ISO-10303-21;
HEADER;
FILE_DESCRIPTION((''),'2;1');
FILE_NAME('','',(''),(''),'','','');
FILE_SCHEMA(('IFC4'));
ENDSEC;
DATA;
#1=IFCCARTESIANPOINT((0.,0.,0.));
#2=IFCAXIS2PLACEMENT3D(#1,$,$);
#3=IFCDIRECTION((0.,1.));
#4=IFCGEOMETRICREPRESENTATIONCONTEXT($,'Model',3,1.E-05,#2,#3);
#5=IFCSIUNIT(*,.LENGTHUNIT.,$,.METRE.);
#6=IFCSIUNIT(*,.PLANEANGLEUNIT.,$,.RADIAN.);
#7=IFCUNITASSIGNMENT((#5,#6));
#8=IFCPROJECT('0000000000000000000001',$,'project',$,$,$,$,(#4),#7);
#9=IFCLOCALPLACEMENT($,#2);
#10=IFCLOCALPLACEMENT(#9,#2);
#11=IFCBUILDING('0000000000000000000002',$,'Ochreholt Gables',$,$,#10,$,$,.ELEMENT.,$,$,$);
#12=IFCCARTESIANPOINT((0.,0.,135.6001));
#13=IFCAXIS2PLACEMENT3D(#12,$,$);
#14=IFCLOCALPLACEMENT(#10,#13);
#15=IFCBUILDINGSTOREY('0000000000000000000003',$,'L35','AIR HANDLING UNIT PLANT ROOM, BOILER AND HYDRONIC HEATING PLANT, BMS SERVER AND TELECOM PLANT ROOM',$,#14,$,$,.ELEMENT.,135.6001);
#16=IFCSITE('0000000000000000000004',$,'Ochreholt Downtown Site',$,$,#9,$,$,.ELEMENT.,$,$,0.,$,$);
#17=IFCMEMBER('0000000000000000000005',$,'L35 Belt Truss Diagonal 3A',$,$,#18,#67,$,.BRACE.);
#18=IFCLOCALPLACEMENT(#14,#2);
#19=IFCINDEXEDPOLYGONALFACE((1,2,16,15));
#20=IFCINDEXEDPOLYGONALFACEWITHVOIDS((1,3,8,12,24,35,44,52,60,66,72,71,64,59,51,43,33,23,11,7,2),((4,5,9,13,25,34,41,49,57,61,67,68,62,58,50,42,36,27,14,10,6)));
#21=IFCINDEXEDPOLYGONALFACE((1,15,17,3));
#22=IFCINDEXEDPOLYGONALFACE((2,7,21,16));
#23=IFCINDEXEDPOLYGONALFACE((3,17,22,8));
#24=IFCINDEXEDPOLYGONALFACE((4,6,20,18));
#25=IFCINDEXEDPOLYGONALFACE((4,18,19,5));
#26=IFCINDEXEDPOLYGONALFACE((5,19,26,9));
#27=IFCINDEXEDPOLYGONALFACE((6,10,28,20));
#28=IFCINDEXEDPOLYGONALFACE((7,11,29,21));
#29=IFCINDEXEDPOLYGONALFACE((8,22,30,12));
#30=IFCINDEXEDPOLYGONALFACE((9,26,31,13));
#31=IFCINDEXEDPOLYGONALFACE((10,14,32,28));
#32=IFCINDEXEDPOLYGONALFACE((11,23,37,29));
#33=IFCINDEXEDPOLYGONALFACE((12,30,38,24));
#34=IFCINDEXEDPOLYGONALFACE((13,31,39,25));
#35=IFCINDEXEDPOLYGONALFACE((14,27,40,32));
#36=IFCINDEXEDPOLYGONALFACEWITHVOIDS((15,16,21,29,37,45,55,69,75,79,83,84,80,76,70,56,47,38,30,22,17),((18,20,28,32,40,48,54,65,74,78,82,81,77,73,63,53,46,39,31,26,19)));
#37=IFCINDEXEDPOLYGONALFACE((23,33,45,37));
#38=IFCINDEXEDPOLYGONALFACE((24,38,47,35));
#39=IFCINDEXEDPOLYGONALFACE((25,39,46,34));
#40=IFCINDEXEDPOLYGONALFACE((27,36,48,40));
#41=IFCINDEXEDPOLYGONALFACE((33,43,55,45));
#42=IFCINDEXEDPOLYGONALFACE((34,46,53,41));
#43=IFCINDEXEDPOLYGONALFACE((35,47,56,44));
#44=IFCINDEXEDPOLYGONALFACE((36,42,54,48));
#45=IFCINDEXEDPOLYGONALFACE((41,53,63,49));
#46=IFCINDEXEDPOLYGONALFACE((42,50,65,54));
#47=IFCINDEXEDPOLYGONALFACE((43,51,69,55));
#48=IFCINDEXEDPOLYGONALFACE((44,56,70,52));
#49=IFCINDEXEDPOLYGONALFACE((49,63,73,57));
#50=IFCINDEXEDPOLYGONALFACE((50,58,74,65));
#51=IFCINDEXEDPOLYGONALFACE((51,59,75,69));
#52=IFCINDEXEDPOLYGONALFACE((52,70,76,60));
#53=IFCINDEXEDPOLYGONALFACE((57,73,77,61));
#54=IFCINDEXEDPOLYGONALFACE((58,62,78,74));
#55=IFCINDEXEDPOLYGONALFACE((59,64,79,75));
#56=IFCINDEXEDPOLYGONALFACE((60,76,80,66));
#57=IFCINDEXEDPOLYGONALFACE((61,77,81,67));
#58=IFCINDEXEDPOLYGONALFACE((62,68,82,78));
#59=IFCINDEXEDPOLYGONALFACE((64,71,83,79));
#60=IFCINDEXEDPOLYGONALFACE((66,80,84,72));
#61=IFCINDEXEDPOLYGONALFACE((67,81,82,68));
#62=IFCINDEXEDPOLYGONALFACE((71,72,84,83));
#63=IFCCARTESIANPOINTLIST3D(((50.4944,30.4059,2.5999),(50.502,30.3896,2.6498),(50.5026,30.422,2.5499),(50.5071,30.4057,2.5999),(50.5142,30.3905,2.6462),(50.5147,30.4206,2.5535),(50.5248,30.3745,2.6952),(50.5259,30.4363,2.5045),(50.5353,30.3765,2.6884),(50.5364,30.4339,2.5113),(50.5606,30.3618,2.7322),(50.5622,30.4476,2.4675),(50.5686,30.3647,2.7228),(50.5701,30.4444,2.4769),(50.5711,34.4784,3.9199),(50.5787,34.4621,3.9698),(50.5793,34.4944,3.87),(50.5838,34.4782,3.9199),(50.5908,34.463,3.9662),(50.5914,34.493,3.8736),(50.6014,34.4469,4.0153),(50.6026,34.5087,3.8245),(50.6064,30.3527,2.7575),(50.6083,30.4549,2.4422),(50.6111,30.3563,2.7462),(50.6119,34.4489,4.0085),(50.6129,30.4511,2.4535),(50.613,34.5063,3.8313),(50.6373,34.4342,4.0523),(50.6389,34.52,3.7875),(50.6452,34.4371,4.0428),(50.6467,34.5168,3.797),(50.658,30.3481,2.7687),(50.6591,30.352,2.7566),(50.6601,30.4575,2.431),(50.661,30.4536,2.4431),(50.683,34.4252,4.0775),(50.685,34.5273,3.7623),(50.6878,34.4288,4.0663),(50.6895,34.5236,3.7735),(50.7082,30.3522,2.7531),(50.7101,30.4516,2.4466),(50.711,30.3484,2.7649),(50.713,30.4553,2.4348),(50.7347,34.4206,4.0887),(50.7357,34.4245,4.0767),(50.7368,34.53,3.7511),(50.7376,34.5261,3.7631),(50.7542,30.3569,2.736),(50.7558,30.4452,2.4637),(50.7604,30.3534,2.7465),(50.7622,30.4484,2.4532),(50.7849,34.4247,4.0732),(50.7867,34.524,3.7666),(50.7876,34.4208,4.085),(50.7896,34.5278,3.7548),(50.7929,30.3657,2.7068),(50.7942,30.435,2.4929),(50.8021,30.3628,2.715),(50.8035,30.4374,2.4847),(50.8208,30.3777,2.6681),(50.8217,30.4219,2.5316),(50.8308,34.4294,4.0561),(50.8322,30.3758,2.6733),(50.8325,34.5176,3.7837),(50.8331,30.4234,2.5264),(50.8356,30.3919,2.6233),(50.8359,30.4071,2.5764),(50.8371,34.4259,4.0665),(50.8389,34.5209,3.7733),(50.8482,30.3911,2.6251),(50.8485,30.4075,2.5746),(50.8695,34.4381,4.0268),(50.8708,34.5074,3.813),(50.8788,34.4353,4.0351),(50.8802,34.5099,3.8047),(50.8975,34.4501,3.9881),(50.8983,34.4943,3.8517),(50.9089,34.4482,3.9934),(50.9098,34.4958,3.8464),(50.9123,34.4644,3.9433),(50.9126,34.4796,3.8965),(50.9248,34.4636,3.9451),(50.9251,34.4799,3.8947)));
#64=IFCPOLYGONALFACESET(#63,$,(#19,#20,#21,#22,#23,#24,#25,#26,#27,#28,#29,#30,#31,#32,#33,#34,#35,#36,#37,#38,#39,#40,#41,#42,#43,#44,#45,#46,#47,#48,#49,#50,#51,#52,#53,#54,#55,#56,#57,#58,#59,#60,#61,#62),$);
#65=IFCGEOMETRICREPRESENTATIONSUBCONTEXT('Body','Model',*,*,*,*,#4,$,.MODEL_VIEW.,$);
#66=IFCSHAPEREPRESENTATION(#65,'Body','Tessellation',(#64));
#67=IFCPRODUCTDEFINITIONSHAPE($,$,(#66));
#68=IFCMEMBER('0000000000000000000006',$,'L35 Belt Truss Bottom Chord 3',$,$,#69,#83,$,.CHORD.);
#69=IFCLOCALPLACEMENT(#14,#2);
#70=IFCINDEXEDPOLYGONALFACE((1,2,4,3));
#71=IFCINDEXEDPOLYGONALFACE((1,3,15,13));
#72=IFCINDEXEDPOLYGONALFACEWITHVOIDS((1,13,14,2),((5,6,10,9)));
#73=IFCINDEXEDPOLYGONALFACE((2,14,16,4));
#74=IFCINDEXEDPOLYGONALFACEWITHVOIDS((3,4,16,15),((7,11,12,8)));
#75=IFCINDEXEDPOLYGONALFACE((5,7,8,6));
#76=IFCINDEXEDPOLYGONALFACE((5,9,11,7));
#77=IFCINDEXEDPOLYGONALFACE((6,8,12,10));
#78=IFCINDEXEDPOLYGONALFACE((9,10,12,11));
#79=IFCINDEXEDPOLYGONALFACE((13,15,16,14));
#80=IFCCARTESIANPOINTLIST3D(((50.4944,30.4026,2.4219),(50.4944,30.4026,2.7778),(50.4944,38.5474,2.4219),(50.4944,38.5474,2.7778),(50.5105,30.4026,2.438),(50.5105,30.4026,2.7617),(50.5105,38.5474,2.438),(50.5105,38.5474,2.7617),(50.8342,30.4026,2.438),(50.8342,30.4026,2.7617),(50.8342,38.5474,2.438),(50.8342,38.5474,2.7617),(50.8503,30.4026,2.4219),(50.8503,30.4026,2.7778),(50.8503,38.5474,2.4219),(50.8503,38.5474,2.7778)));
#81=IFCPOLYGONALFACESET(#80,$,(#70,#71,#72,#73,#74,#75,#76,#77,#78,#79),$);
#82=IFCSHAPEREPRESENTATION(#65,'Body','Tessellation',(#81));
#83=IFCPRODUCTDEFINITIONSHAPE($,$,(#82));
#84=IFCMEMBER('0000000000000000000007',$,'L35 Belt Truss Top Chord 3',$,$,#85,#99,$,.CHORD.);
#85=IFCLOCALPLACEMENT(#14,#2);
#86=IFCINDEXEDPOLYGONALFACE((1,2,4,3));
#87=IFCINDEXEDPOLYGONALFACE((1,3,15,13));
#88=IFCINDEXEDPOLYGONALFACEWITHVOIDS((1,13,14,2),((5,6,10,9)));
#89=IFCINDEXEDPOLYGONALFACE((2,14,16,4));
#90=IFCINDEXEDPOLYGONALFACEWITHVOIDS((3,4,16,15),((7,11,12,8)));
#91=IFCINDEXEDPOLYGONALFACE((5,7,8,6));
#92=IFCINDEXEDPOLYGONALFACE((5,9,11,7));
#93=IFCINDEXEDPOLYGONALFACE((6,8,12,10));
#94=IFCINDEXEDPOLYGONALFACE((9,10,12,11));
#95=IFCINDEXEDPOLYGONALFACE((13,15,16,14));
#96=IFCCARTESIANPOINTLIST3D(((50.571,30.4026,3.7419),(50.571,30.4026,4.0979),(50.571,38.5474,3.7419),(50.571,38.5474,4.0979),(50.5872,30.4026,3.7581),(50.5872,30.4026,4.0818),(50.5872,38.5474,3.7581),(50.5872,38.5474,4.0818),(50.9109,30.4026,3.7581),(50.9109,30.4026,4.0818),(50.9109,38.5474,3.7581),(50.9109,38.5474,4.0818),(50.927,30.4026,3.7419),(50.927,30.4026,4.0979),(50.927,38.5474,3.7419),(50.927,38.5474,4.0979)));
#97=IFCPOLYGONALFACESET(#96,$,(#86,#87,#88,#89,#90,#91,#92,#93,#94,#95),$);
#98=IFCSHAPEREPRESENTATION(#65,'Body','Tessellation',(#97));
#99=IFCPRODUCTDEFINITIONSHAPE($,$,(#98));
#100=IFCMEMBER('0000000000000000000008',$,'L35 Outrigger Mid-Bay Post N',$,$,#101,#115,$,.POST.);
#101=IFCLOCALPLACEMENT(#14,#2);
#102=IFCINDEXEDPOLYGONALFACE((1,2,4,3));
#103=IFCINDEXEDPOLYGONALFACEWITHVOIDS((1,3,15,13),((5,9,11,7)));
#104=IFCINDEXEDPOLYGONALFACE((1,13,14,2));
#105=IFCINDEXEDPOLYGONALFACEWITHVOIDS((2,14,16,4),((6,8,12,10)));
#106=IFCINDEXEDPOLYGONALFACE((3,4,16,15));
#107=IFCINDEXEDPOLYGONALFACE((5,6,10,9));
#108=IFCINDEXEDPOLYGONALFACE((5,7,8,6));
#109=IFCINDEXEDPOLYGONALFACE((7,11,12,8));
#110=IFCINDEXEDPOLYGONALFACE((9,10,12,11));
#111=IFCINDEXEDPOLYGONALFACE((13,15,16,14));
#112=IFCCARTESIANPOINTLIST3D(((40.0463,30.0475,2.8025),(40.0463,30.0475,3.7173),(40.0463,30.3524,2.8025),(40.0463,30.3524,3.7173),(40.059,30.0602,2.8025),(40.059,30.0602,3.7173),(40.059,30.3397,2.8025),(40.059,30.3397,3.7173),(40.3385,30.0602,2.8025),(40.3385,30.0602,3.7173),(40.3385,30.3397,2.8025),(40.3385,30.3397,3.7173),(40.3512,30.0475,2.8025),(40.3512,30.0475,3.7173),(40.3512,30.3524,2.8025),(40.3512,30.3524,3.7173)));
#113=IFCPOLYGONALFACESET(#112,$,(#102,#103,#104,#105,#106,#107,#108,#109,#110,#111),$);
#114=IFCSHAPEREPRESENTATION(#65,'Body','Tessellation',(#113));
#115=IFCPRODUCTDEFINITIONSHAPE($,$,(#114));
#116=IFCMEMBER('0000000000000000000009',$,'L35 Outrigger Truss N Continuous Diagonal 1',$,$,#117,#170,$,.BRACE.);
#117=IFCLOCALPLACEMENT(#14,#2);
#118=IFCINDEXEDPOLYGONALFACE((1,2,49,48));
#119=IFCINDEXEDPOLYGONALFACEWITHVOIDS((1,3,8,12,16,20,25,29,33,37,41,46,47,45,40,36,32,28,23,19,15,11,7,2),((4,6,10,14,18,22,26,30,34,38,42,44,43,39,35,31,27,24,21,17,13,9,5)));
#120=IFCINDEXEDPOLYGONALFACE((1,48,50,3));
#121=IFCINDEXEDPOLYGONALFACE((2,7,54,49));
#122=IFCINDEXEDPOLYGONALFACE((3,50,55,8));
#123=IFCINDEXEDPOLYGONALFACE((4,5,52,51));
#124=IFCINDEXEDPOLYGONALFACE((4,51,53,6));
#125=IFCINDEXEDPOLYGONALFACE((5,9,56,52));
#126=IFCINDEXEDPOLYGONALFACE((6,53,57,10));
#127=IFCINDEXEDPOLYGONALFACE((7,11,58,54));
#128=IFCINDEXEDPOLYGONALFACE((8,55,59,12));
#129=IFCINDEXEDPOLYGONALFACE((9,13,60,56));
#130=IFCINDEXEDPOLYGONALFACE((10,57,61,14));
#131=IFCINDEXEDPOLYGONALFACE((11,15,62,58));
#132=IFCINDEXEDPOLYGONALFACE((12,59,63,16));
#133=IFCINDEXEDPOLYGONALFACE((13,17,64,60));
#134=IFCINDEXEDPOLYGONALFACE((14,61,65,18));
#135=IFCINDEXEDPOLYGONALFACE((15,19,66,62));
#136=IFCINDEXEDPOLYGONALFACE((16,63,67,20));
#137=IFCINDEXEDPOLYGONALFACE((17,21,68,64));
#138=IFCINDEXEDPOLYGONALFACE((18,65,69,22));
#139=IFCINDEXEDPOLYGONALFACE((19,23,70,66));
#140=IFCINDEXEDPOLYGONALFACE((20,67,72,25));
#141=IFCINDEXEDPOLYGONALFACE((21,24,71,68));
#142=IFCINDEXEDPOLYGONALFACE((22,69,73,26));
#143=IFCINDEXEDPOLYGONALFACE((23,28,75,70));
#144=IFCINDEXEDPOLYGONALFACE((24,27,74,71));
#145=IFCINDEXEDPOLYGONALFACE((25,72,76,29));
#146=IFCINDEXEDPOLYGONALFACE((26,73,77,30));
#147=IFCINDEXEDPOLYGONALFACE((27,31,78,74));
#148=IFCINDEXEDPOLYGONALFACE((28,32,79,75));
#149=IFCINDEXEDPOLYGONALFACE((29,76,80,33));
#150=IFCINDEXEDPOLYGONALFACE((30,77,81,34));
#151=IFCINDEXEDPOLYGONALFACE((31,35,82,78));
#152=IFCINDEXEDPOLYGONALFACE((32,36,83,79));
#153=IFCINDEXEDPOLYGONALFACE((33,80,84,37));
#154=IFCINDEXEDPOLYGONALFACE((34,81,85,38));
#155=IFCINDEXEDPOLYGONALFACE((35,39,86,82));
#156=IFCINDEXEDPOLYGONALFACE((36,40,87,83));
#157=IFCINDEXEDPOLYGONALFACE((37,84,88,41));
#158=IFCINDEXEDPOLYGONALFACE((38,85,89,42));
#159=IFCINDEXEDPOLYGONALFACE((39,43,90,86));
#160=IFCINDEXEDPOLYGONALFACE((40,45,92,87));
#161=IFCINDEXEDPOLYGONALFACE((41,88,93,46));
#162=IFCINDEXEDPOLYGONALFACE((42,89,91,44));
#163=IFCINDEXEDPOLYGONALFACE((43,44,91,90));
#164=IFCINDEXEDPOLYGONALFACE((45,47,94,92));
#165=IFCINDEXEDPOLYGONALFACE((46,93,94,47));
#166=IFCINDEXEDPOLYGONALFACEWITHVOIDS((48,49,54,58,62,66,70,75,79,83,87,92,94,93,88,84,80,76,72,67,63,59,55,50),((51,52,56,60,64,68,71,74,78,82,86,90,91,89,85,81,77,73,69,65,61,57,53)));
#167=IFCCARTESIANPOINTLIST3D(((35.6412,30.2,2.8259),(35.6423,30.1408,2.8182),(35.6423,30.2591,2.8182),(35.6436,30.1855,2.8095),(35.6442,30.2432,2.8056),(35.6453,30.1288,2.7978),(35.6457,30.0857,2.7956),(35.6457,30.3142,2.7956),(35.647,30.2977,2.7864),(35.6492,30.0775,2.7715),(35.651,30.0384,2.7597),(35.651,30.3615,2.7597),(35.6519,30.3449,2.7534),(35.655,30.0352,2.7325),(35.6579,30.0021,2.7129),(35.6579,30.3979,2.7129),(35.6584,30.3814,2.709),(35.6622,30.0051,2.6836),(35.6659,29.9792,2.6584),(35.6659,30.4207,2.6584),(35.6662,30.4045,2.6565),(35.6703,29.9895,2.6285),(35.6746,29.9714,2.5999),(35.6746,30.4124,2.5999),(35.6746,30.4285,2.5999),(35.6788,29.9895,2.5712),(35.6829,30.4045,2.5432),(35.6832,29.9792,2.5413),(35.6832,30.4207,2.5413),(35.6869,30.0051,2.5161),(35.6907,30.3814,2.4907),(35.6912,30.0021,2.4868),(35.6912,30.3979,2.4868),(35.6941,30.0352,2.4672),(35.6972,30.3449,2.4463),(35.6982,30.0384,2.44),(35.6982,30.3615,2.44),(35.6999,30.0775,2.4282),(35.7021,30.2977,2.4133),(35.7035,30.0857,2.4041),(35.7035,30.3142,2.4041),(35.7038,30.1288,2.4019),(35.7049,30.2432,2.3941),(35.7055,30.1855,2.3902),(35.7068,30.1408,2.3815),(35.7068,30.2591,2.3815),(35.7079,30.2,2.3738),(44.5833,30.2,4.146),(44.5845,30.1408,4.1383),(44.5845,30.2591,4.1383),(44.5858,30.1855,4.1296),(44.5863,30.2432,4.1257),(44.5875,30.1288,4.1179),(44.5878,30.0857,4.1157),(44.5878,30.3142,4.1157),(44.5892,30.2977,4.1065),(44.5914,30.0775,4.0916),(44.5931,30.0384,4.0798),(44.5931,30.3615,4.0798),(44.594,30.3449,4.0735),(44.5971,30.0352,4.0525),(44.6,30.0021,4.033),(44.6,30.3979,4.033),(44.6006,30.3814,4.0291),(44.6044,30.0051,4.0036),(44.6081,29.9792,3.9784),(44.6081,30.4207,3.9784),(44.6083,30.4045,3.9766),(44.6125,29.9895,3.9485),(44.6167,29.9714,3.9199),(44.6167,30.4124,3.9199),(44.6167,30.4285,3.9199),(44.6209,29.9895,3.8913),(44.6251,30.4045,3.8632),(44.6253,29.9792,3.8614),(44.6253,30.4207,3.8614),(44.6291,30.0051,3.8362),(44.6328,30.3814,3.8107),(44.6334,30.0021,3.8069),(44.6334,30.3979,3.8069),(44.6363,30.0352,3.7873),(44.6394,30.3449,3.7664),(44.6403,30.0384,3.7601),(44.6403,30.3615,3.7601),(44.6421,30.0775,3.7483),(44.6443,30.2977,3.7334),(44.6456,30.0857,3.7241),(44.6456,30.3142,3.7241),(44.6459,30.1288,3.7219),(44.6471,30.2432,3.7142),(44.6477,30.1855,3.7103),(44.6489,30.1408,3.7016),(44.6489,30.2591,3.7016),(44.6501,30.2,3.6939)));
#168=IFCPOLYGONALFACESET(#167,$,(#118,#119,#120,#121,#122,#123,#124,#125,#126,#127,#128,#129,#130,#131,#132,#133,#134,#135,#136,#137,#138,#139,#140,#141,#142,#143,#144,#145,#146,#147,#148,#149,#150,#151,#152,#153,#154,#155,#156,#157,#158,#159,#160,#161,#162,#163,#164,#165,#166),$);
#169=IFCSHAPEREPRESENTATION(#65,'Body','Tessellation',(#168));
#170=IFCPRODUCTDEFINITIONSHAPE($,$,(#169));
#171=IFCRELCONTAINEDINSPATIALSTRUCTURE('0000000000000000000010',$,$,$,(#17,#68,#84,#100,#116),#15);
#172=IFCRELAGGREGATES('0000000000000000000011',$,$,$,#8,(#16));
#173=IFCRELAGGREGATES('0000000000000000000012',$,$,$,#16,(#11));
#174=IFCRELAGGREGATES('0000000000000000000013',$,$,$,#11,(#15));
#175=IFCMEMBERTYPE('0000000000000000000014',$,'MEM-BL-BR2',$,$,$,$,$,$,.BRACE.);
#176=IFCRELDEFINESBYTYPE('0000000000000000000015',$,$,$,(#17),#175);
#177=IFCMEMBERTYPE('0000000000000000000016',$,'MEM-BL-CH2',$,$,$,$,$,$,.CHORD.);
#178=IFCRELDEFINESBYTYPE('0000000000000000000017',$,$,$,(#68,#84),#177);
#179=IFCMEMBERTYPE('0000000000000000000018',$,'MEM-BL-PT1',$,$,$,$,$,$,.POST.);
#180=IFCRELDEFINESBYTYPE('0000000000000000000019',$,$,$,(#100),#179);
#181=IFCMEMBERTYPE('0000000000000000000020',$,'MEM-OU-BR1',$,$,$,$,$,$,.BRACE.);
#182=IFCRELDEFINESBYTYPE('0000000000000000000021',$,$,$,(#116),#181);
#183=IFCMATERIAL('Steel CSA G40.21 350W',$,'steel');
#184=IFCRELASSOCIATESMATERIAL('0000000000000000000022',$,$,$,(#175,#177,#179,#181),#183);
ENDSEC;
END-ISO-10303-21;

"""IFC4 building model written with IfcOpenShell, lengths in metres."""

from ifc_helpers import new_model, si_unit, direction, frame, origin, origin_2d, place, context, subcontext, project, spatial, hollow_rectangle, hollow_circle, extrude, material, material_profile, profile_set, type_object, element, save


model = new_model("IFC4")

# Units and contexts
model_context = context("Model", 3, precision=1e-05, world=origin(), true_north=direction((0.0, 1.0)))
body_context = subcontext(model_context, "Body", "Model", "MODEL_VIEW")
ifc_project = project(units=[si_unit("LENGTHUNIT", "METRE"), si_unit("PLANEANGLEUNIT", "RADIAN")], contexts=[model_context])

# Site, building, storey
site_placement = place(None, origin())
site = spatial("IfcSite", under=ifc_project, at=site_placement, Name="Ochreholt Downtown Site", CompositionType="ELEMENT", RefElevation=0.0)
building_placement = place(site_placement, origin())
building = spatial("IfcBuilding", under=site, at=building_placement, Name="Ochreholt Gables", CompositionType="ELEMENT")
storey_placement = place(building_placement, frame((0.0, 0.0, 135.6001)))
storey = spatial("IfcBuildingStorey", under=building, at=storey_placement, Name="L35", Description="AIR HANDLING UNIT PLANT ROOM, BOILER AND HYDRONIC HEATING PLANT, BMS SERVER AND TELECOM PLANT ROOM", CompositionType="ELEMENT", Elevation=135.6001)

# Shared definitions
ifc_material_1 = material(Name="Steel CSA G40.21 350W", Category="steel")

# Members
ifc_material_profile_1 = material_profile(ifc_material_1, hollow_circle(Radius=0.178, WallThickness=0.0127, at=origin_2d()), Name="CHS356X13")
ifc_profile_set_1 = profile_set([ifc_material_profile_1], Name="Steel CSA G40.21 350W")
member_type_1 = type_object("IfcMemberType", Name="MEM-BL-BR2", PredefinedType="BRACE", material=ifc_profile_set_1)
member_1_placement = place(storey_placement, frame((50.6724, 30.4026, 2.5999), z_axis=(0.017904, 0.951121, 0.308298), x_axis=(-0.999823, 0.01882, 0.0)))
element("IfcMember", 1, at=member_1_placement, inside=storey, type_object=member_type_1, Name="L35 Belt Truss Diagonal 3A", PredefinedType="BRACE", context=body_context, shape_type="SweptSolid", body=[
    extrude(hollow_circle(Radius=0.178, WallThickness=0.0127, at=origin_2d()), origin(), (0.0, 0.0, 1.0), 4.2817),
])
ifc_material_profile_2 = material_profile(ifc_material_1, hollow_rectangle(XDim=0.356, YDim=0.356, WallThickness=0.0161, at=origin_2d()), Name="HSS356X356X16")
ifc_profile_set_2 = profile_set([ifc_material_profile_2], Name="Steel CSA G40.21 350W")
member_type_2 = type_object("IfcMemberType", Name="MEM-BL-CH2", PredefinedType="CHORD", material=ifc_profile_set_2)
for number, where, z_axis, x_axis, name in (
    (2, (50.6724, 30.4026, 2.5999), (0.0, 1.0, 0.0), (-1.0, 0.0, 0.0), "L35 Belt Truss Bottom Chord 3"),
    (3, (50.749, 30.4026, 3.9199), (0.0, 1.0, 0.0), (-1.0, 0.0, 0.0), "L35 Belt Truss Top Chord 3"),
):
    element("IfcMember", number, at=place(storey_placement, frame(where, z_axis=z_axis, x_axis=x_axis)), inside=storey, type_object=member_type_2, Name=name, PredefinedType="CHORD", context=body_context, shape_type="SweptSolid", body=[
        extrude(hollow_rectangle(XDim=0.356, YDim=0.356, WallThickness=0.0161, at=origin_2d()), origin(), (0.0, 0.0, 1.0), 8.1448),
    ])
ifc_material_profile_3 = material_profile(ifc_material_1, hollow_rectangle(XDim=0.3049, YDim=0.3049, WallThickness=0.0127, at=origin_2d()), Name="HSS305X305X13")
ifc_profile_set_3 = profile_set([ifc_material_profile_3], Name="Steel CSA G40.21 350W")
member_type_3 = type_object("IfcMemberType", Name="MEM-BL-PT1", PredefinedType="POST", material=ifc_profile_set_3)
member_2_placement = place(storey_placement, frame((40.1987, 30.2, 2.8025), z_axis=(0.0, 0.0, 1.0), x_axis=(1.0, 0.0, 0.0)))
element("IfcMember", 4, at=member_2_placement, inside=storey, type_object=member_type_3, Name="L35 Outrigger Mid-Bay Post N", PredefinedType="POST", context=body_context, shape_type="SweptSolid", body=[
    extrude(hollow_rectangle(XDim=0.3049, YDim=0.3049, WallThickness=0.0127, at=origin_2d()), origin(), (0.0, 0.0, 1.0), 0.9148),
])
ifc_material_profile_4 = material_profile(ifc_material_1, hollow_circle(Radius=0.2285, WallThickness=0.0161, at=origin_2d()), Name="CHS457X16")
ifc_profile_set_4 = profile_set([ifc_material_profile_4], Name="Steel CSA G40.21 350W")
member_type_4 = type_object("IfcMemberType", Name="MEM-OU-BR1", PredefinedType="BRACE", material=ifc_profile_set_4)
member_3_placement = place(storey_placement, frame((35.6746, 30.2, 2.5999), z_axis=(0.989279, 0.0, 0.146041), x_axis=(0.0, 1.0, 0.0)))
element("IfcMember", 5, at=member_3_placement, inside=storey, type_object=member_type_4, Name="L35 Outrigger Truss N Continuous Diagonal 1", PredefinedType="BRACE", context=body_context, shape_type="SweptSolid", body=[
    extrude(hollow_circle(Radius=0.2285, WallThickness=0.0161, at=origin_2d()), origin(), (0.0, 0.0, 1.0), 9.0391),
])

save(model, "model.ifc")
